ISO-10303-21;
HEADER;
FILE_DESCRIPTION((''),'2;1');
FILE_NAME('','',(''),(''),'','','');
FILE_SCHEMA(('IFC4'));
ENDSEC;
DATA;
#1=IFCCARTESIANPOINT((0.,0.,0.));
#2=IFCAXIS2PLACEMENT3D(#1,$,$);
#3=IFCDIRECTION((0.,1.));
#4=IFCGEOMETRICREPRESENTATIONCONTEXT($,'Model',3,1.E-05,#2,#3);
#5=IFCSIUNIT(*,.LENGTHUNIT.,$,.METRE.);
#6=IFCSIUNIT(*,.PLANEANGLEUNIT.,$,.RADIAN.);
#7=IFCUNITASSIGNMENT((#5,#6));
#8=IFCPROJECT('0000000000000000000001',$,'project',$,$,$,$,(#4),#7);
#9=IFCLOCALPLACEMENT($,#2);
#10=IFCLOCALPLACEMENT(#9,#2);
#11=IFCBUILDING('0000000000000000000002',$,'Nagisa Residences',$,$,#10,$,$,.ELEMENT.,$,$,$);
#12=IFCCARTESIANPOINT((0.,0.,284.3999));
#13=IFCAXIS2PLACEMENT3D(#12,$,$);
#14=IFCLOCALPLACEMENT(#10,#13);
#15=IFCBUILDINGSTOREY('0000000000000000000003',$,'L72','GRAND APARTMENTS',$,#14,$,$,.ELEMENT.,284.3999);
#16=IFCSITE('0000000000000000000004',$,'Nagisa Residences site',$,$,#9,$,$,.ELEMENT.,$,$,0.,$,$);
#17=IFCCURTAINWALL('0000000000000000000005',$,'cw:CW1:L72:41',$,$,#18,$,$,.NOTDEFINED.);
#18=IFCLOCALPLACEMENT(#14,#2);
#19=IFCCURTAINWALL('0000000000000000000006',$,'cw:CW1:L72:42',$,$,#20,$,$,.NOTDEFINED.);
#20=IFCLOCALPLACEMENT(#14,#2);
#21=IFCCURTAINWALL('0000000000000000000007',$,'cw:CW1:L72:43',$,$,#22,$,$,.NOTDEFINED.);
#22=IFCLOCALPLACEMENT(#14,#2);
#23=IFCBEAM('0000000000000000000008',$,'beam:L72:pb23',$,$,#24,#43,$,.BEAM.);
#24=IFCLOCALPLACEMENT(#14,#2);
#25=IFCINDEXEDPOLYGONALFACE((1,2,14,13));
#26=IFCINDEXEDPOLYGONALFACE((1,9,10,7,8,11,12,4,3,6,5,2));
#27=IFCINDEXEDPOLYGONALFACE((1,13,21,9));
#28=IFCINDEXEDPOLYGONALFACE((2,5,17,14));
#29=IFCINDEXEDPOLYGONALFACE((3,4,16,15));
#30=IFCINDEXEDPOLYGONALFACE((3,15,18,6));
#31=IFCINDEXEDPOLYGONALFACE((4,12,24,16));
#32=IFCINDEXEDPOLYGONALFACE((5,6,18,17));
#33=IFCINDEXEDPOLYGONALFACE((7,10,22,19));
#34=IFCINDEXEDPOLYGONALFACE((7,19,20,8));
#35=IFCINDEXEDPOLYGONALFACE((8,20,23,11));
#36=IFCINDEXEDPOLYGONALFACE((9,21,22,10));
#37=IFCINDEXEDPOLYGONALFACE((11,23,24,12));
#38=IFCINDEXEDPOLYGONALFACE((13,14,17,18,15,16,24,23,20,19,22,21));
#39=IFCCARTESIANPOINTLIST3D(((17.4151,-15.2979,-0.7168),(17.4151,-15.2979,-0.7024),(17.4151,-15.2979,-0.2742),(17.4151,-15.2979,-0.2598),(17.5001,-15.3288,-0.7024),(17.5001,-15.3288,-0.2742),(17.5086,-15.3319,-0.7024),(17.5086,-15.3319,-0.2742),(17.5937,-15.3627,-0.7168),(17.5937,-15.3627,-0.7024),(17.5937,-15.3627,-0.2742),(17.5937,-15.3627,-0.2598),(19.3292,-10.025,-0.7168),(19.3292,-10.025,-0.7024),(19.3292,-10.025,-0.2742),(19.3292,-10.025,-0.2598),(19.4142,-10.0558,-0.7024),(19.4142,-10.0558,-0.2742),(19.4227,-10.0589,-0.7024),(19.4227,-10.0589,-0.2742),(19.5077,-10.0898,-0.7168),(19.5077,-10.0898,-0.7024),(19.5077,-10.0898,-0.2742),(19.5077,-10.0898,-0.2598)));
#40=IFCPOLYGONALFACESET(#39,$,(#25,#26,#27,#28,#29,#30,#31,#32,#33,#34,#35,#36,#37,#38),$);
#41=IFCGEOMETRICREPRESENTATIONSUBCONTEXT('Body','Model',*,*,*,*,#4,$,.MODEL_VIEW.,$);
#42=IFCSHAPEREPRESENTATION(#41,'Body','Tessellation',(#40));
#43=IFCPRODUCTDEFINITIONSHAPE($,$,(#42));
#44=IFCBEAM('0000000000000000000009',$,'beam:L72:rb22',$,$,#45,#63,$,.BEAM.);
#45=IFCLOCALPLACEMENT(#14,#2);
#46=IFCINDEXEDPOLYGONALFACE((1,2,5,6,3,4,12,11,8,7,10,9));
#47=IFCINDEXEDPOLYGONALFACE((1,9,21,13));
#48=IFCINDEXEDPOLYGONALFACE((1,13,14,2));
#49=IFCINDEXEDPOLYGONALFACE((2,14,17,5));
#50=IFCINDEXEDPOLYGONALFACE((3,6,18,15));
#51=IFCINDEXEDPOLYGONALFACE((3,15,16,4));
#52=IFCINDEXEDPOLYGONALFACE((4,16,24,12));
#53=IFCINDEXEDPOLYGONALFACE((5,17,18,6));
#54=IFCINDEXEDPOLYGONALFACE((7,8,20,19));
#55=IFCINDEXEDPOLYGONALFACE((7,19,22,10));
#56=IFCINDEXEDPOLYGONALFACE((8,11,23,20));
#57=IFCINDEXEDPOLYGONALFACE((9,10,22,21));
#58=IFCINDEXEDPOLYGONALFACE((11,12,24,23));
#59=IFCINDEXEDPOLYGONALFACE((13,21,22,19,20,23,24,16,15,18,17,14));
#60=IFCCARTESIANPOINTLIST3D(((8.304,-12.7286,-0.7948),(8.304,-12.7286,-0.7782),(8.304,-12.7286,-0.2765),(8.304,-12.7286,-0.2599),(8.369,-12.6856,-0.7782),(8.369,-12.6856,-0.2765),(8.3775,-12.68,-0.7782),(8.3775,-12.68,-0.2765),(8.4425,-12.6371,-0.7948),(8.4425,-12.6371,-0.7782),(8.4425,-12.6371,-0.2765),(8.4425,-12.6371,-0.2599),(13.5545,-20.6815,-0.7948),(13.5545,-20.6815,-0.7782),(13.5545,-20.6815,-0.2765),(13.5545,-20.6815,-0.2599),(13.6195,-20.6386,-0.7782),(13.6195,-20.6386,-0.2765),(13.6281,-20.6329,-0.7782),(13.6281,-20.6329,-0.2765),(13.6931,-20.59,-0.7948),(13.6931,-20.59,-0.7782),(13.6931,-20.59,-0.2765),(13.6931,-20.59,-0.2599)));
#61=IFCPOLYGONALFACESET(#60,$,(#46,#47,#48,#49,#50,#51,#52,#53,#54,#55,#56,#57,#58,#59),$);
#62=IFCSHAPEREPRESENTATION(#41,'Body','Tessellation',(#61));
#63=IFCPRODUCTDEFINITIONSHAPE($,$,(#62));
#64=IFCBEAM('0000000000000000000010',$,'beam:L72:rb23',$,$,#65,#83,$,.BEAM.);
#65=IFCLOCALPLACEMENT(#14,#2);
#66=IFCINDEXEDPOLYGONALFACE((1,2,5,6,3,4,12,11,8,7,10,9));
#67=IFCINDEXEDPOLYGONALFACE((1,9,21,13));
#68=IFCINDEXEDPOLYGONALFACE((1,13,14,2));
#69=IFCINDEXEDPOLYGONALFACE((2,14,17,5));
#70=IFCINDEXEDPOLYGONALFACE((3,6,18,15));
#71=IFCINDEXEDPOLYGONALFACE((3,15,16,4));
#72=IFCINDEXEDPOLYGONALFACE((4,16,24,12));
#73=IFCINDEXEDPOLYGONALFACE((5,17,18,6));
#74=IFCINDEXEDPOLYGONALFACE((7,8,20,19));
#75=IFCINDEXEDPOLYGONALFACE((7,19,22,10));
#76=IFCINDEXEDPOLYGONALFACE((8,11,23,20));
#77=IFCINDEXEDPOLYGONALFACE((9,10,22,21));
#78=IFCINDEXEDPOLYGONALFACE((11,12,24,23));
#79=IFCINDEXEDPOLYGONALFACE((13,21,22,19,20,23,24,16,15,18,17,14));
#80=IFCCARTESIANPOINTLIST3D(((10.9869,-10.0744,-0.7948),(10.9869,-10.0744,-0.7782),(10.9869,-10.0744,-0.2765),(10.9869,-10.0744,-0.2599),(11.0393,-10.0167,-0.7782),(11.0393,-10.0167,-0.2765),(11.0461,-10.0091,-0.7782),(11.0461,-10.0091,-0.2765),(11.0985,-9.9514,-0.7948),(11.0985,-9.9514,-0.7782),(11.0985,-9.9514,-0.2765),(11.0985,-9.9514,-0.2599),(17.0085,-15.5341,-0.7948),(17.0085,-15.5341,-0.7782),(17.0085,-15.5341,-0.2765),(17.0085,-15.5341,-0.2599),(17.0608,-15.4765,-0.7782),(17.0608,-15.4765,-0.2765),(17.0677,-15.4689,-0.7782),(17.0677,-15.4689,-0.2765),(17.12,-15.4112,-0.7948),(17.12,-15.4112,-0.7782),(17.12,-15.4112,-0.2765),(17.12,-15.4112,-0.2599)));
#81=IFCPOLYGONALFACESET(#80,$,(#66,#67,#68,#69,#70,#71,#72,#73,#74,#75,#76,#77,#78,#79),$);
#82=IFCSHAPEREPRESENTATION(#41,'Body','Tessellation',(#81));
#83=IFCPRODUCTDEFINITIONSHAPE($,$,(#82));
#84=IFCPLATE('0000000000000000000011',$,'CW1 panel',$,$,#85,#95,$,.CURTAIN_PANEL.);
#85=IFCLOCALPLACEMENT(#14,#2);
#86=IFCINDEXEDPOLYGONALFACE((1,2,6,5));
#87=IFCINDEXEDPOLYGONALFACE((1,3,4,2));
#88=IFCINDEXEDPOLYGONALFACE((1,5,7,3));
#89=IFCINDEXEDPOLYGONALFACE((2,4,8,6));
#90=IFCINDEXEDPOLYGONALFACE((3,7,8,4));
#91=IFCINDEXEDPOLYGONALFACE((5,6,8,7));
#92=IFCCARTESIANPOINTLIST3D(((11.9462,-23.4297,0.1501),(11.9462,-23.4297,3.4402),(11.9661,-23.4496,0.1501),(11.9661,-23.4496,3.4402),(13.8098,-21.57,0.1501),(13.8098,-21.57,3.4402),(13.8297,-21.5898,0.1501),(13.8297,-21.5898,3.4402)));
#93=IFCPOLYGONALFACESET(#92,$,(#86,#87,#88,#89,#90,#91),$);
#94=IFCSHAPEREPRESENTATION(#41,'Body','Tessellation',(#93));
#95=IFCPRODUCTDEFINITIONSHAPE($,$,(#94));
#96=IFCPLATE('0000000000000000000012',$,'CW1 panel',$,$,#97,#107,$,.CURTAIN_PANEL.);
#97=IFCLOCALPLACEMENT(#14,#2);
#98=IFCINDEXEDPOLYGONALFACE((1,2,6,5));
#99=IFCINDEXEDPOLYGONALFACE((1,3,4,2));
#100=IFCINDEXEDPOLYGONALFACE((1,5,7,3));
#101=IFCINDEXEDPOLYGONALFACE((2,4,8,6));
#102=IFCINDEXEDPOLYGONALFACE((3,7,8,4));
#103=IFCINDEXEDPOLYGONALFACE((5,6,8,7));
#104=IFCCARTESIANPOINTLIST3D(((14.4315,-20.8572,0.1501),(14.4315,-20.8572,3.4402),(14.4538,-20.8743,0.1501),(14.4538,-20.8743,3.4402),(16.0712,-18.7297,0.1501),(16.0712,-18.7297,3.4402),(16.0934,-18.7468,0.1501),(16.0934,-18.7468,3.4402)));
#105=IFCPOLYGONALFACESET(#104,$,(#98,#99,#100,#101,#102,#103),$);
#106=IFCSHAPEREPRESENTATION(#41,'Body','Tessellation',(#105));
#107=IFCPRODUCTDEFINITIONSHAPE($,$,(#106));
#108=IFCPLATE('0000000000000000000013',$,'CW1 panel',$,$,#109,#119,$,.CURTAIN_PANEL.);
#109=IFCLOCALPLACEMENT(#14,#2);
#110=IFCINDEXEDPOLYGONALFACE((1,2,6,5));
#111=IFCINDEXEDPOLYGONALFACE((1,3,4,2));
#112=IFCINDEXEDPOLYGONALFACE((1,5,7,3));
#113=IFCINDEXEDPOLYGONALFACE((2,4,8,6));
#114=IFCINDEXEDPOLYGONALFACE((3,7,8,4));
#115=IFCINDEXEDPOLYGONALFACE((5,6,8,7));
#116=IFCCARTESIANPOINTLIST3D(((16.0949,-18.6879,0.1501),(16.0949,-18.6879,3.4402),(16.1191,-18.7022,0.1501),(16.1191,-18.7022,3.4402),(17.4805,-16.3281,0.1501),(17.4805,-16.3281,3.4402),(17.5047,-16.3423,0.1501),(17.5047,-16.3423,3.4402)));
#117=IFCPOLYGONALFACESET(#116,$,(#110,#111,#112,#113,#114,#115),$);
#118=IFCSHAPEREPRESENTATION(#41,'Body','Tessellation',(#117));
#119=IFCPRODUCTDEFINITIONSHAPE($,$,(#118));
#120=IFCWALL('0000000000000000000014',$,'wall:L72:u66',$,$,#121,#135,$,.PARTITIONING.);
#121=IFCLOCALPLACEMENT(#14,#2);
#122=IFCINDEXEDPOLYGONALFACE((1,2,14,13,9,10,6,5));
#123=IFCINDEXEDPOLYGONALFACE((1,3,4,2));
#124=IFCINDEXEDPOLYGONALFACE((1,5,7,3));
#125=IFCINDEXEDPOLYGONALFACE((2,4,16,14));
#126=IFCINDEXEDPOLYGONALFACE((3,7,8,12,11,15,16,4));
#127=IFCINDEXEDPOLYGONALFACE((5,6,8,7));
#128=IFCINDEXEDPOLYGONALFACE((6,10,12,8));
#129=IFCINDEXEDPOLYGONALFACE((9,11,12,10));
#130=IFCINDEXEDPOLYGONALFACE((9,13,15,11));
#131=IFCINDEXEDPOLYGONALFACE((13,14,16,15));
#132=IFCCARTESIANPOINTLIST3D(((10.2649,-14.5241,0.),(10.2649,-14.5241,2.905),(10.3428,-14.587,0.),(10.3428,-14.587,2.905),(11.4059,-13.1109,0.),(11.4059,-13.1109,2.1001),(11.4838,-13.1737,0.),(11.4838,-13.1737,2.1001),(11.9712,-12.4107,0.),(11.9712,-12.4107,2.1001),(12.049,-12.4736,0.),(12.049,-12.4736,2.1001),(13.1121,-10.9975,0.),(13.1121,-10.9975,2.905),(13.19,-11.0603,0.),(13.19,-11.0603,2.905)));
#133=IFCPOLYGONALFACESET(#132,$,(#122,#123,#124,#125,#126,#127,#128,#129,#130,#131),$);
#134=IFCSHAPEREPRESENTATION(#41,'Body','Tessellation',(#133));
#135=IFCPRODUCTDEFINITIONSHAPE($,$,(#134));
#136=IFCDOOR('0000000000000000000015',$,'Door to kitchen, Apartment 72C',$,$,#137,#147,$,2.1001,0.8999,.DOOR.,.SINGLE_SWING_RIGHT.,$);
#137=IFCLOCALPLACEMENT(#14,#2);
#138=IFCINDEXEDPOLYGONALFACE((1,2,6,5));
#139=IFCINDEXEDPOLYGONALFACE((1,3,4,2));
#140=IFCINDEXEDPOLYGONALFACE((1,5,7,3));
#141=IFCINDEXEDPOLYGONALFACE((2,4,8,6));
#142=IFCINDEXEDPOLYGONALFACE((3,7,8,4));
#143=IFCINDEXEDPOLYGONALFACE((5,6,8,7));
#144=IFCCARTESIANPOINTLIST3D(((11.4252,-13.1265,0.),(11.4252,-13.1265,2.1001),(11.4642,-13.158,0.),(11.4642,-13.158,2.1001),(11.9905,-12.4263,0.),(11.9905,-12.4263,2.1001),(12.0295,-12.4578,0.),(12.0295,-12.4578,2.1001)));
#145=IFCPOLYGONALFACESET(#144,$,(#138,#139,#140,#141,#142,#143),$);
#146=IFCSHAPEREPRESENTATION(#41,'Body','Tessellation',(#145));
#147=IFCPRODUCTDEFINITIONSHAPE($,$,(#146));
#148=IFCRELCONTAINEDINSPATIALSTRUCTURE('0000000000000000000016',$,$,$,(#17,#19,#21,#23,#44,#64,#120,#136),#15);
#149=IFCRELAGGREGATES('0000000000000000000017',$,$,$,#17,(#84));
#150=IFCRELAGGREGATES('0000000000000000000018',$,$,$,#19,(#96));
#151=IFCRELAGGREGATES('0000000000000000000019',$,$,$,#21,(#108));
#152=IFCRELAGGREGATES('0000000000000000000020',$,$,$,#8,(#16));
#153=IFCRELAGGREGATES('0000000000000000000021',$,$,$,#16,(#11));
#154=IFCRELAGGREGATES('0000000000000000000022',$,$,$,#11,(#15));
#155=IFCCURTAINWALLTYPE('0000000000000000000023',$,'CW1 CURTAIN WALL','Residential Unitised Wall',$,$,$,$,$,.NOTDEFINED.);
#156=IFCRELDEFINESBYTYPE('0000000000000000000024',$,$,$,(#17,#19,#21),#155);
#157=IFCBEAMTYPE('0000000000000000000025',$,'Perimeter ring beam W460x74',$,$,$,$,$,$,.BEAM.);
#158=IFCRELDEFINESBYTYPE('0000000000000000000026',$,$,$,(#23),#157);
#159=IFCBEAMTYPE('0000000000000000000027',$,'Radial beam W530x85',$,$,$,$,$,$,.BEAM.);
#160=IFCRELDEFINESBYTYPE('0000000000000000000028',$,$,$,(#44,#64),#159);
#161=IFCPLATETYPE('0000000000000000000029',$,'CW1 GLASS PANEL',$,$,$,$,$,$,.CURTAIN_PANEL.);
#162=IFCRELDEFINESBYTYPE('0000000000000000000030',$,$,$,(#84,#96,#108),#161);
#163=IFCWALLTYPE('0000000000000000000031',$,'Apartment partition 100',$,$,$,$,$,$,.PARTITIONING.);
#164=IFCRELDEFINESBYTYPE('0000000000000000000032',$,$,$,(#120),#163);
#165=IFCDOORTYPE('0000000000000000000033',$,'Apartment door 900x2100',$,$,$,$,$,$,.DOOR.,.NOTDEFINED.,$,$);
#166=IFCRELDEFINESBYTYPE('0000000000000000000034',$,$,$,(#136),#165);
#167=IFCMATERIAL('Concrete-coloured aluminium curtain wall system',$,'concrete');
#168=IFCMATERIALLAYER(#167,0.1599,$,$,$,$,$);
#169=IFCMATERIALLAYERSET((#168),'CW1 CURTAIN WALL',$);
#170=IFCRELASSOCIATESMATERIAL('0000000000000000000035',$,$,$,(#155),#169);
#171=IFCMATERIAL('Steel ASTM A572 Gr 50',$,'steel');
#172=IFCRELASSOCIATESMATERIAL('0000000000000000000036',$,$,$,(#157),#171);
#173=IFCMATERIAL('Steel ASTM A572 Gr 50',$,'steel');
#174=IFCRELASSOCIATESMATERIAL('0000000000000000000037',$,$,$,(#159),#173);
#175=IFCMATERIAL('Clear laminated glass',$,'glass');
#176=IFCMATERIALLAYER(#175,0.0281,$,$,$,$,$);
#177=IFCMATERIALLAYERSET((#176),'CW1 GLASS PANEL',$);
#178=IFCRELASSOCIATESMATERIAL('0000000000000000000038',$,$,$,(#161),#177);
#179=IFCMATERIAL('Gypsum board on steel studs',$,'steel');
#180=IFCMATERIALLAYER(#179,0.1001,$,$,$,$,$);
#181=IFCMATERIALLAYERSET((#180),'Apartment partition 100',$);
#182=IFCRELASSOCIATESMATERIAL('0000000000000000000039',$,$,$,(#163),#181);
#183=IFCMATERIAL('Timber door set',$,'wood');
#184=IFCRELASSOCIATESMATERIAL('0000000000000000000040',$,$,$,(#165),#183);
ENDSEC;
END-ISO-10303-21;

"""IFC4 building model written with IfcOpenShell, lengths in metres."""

from ifc_helpers import new_model, si_unit, direction, frame, frame_2d, origin, origin_2d, place, context, subcontext, project, spatial, rectangle, i_section, extrude, material, layer, layer_set, material_profile, profile_set, type_object, element, fill, aggregate, save


model = new_model("IFC4")

# Units and contexts
model_context = context("Model", 3, precision=1e-05, world=origin(), true_north=direction((0.0, 1.0)))
body_context = subcontext(model_context, "Body", "Model", "MODEL_VIEW")
ifc_project = project(units=[si_unit("LENGTHUNIT", "METRE"), si_unit("PLANEANGLEUNIT", "RADIAN")], contexts=[model_context])

# Site, building, storey
site_placement = place(None, origin())
site = spatial("IfcSite", under=ifc_project, at=site_placement, Name="Nagisa Residences site", CompositionType="ELEMENT", RefElevation=0.0)
building_placement = place(site_placement, origin())
building = spatial("IfcBuilding", under=site, at=building_placement, Name="Nagisa Residences", CompositionType="ELEMENT")
storey_placement = place(building_placement, frame((0.0, 0.0, 284.3999)))
storey = spatial("IfcBuildingStorey", under=building, at=storey_placement, Name="L72", Description="GRAND APARTMENTS", CompositionType="ELEMENT", Elevation=284.3999)

# Curtain walls
ifc_material_1 = material(Name="Concrete-coloured aluminium curtain wall system", Category="concrete")
ifc_layer_1 = layer(ifc_material_1, 0.1599)
ifc_layer_set_1 = layer_set([ifc_layer_1], Name="CW1 CURTAIN WALL")
curtain_wall_type = type_object("IfcCurtainWallType", Name="CW1 CURTAIN WALL", Description="Residential Unitised Wall", PredefinedType="NOTDEFINED", material=ifc_layer_set_1)
curtain_wall_1_placement = place(storey_placement, origin())
curtain_wall_1 = element("IfcCurtainWall", 1, at=curtain_wall_1_placement, inside=storey, type_object=curtain_wall_type, Name="cw:CW1:L72:41", PredefinedType="NOTDEFINED")
curtain_wall_2_placement = place(storey_placement, origin())
curtain_wall_2 = element("IfcCurtainWall", 2, at=curtain_wall_2_placement, inside=storey, type_object=curtain_wall_type, Name="cw:CW1:L72:42", PredefinedType="NOTDEFINED")
curtain_wall_3_placement = place(storey_placement, origin())
curtain_wall_3 = element("IfcCurtainWall", 3, at=curtain_wall_3_placement, inside=storey, type_object=curtain_wall_type, Name="cw:CW1:L72:43", PredefinedType="NOTDEFINED")

# Beams
ifc_material_2 = material(Name="Steel ASTM A572 Gr 50", Category="steel")
ifc_material_profile_1 = material_profile(ifc_material_2, i_section(OverallWidth=0.1899, OverallDepth=0.457, WebThickness=0.009, FlangeThickness=0.0144, at=origin_2d()), Name="W460x74")
ifc_profile_set_1 = profile_set([ifc_material_profile_1], Name="Steel ASTM A572 Gr 50")
beam_type_1 = type_object("IfcBeamType", Name="Perimeter ring beam W460x74", PredefinedType="BEAM", material=ifc_profile_set_1)
beam_1_placement = place(storey_placement, frame((17.5044, -15.3303, -0.4883), z_axis=(0.341212, 0.939986, 0.0), x_axis=(-0.939986, 0.341212, 0.0)))
element("IfcBeam", 4, at=beam_1_placement, inside=storey, type_object=beam_type_1, Name="beam:L72:pb23", PredefinedType="BEAM", context=body_context, shape_type="SweptSolid", body=[
    extrude(i_section(OverallWidth=0.1899, OverallDepth=0.457, WebThickness=0.009, FlangeThickness=0.0144, at=origin_2d()), origin(), (0.0, 0.0, 1.0), 5.6096),
])
ifc_material_3 = material(Name="Steel ASTM A572 Gr 50", Category="steel")
ifc_material_profile_2 = material_profile(ifc_material_3, i_section(OverallWidth=0.166, OverallDepth=0.5349, WebThickness=0.0103, FlangeThickness=0.0166, at=origin_2d()), Name="W530x85")
ifc_profile_set_2 = profile_set([ifc_material_profile_2], Name="Steel ASTM A572 Gr 50")
beam_type_2 = type_object("IfcBeamType", Name="Radial beam W530x85", PredefinedType="BEAM", material=ifc_profile_set_2)
beam_2_placement = place(storey_placement, frame((13.6238, -20.6357, -0.5273), z_axis=(-0.550958, 0.834533, 0.0), x_axis=(-0.834533, -0.550958, 0.0)))
element("IfcBeam", 5, at=beam_2_placement, inside=storey, type_object=beam_type_2, Name="beam:L72:rb22", PredefinedType="BEAM", context=body_context, shape_type="SweptSolid", body=[
    extrude(i_section(OverallWidth=0.166, OverallDepth=0.5349, WebThickness=0.0103, FlangeThickness=0.0166, at=origin_2d()), origin(), (0.0, 0.0, 1.0), 9.5298),
])
beam_3_placement = place(storey_placement, frame((17.0642, -15.4727, -0.5273), z_axis=(-0.740819, 0.671705, 0.0), x_axis=(-0.671705, -0.740819, 0.0)))
element("IfcBeam", 6, at=beam_3_placement, inside=storey, type_object=beam_type_2, Name="beam:L72:rb23", PredefinedType="BEAM", context=body_context, shape_type="SweptSolid", body=[
    extrude(i_section(OverallWidth=0.166, OverallDepth=0.5349, WebThickness=0.0103, FlangeThickness=0.0166, at=origin_2d()), origin(), (0.0, 0.0, 1.0), 8.1282),
])

# Plates
ifc_material_4 = material(Name="Clear laminated glass", Category="glass")
ifc_layer_2 = layer(ifc_material_4, 0.0281)
ifc_layer_set_2 = layer_set([ifc_layer_2], Name="CW1 GLASS PANEL")
plate_type = type_object("IfcPlateType", Name="CW1 GLASS PANEL", PredefinedType="CURTAIN_PANEL", material=ifc_layer_set_2)
plate_1_placement = place(storey_placement, frame((12.8879, -22.5098, 0.1501), z_axis=(0.0, 0.0, 1.0), x_axis=(0.707836, 0.706377, 0.0)))
plate_1 = element("IfcPlate", 7, at=plate_1_placement, type_object=plate_type, Name="CW1 panel", PredefinedType="CURTAIN_PANEL", context=body_context, shape_type="SweptSolid", body=[
    extrude(rectangle(XDim=2.6328, YDim=0.0281, at=origin_2d()), origin(), (0.0, 0.0, 1.0), 3.29),
])
aggregate(curtain_wall_1, [plate_1])
plate_2_placement = place(storey_placement, frame((15.2625, -19.802, 0.1501), z_axis=(0.0, 0.0, 1.0), x_axis=(0.61043, 0.79207, 0.0)))
plate_2 = element("IfcPlate", 8, at=plate_2_placement, type_object=plate_type, Name="CW1 panel", PredefinedType="CURTAIN_PANEL", context=body_context, shape_type="SweptSolid", body=[
    extrude(rectangle(XDim=2.686, YDim=0.0281, at=origin_2d()), origin(), (0.0, 0.0, 1.0), 3.29),
])
aggregate(curtain_wall_2, [plate_2])
plate_3_placement = place(storey_placement, frame((16.7998, -17.5151, 0.1501), z_axis=(0.0, 0.0, 1.0), x_axis=(0.506349, 0.862329, 0.0)))
plate_3 = element("IfcPlate", 9, at=plate_3_placement, type_object=plate_type, Name="CW1 panel", PredefinedType="CURTAIN_PANEL", context=body_context, shape_type="SweptSolid", body=[
    extrude(rectangle(XDim=2.7366, YDim=0.0281, at=origin_2d()), origin(), (0.0, 0.0, 1.0), 3.29),
])
aggregate(curtain_wall_3, [plate_3])

# Wall, opening, door
ifc_material_5 = material(Name="Gypsum board on steel studs", Category="steel")
ifc_layer_3 = layer(ifc_material_5, 0.1001)
ifc_layer_set_3 = layer_set([ifc_layer_3], Name="Apartment partition 100")
wall_type_1 = type_object("IfcWallType", Name="Apartment partition 100", PredefinedType="PARTITIONING", material=ifc_layer_set_3)
wall_1_placement = place(storey_placement, frame((10.304, -14.5554, 0.0), z_axis=(0.0, 0.0, 1.0), x_axis=(0.62817, 0.778076, 0.0)))
wall_1 = element("IfcWall", 10, at=wall_1_placement, inside=storey, type_object=wall_type_1, Name="wall:L72:u66", PredefinedType="PARTITIONING", context=body_context, shape_type="SweptSolid", body=[
    extrude(rectangle(XDim=4.5325, YDim=0.1001, at=frame_2d((2.2661, 0.0))), origin(), (0.0, 0.0, 1.0), 2.905),
])
opening_1_placement = place(wall_1_placement, frame((1.8162, 0.0, 0.0)))
opening_1 = element("IfcOpeningElement", 11, at=opening_1_placement, cuts=wall_1, PredefinedType="OPENING", context=body_context, shape_type="SweptSolid", body=[
    extrude(rectangle(XDim=0.8999, YDim=2.1001, at=frame_2d((0.45, 1.05))), frame((0.0, 0.0601, 0.0), z_axis=(0.0, -1.0, 0.0), x_axis=(1.0, 0.0, 0.0)), (0.0, 0.0, 1.0), 0.1201),
])
ifc_material_6 = material(Name="Timber door set", Category="wood")
door_type_1 = type_object("IfcDoorType", Name="Apartment door 900x2100", OperationType="NOTDEFINED", PredefinedType="DOOR", material=ifc_material_6)
door_1_placement = place(opening_1_placement, frame((0.8999, 0.0, 0.0), x_axis=(-1.0, 0.0, 0.0)))
door_1 = element("IfcDoor", 12, at=door_1_placement, inside=storey, type_object=door_type_1, Name="Door to kitchen, Apartment 72C", OperationType="SINGLE_SWING_RIGHT", OverallHeight=2.1001, OverallWidth=0.8999, PredefinedType="DOOR", context=body_context, shape_type="SweptSolid", body=[
    extrude(rectangle(XDim=0.8999, YDim=2.1001, at=frame_2d((0.45, 1.05))), frame((0.0, 0.0249, 0.0), z_axis=(0.0, -1.0, 0.0), x_axis=(1.0, 0.0, 0.0)), (0.0, 0.0, 1.0), 0.05),
])
fill(opening_1, door_1)

save(model, "model.ifc")
